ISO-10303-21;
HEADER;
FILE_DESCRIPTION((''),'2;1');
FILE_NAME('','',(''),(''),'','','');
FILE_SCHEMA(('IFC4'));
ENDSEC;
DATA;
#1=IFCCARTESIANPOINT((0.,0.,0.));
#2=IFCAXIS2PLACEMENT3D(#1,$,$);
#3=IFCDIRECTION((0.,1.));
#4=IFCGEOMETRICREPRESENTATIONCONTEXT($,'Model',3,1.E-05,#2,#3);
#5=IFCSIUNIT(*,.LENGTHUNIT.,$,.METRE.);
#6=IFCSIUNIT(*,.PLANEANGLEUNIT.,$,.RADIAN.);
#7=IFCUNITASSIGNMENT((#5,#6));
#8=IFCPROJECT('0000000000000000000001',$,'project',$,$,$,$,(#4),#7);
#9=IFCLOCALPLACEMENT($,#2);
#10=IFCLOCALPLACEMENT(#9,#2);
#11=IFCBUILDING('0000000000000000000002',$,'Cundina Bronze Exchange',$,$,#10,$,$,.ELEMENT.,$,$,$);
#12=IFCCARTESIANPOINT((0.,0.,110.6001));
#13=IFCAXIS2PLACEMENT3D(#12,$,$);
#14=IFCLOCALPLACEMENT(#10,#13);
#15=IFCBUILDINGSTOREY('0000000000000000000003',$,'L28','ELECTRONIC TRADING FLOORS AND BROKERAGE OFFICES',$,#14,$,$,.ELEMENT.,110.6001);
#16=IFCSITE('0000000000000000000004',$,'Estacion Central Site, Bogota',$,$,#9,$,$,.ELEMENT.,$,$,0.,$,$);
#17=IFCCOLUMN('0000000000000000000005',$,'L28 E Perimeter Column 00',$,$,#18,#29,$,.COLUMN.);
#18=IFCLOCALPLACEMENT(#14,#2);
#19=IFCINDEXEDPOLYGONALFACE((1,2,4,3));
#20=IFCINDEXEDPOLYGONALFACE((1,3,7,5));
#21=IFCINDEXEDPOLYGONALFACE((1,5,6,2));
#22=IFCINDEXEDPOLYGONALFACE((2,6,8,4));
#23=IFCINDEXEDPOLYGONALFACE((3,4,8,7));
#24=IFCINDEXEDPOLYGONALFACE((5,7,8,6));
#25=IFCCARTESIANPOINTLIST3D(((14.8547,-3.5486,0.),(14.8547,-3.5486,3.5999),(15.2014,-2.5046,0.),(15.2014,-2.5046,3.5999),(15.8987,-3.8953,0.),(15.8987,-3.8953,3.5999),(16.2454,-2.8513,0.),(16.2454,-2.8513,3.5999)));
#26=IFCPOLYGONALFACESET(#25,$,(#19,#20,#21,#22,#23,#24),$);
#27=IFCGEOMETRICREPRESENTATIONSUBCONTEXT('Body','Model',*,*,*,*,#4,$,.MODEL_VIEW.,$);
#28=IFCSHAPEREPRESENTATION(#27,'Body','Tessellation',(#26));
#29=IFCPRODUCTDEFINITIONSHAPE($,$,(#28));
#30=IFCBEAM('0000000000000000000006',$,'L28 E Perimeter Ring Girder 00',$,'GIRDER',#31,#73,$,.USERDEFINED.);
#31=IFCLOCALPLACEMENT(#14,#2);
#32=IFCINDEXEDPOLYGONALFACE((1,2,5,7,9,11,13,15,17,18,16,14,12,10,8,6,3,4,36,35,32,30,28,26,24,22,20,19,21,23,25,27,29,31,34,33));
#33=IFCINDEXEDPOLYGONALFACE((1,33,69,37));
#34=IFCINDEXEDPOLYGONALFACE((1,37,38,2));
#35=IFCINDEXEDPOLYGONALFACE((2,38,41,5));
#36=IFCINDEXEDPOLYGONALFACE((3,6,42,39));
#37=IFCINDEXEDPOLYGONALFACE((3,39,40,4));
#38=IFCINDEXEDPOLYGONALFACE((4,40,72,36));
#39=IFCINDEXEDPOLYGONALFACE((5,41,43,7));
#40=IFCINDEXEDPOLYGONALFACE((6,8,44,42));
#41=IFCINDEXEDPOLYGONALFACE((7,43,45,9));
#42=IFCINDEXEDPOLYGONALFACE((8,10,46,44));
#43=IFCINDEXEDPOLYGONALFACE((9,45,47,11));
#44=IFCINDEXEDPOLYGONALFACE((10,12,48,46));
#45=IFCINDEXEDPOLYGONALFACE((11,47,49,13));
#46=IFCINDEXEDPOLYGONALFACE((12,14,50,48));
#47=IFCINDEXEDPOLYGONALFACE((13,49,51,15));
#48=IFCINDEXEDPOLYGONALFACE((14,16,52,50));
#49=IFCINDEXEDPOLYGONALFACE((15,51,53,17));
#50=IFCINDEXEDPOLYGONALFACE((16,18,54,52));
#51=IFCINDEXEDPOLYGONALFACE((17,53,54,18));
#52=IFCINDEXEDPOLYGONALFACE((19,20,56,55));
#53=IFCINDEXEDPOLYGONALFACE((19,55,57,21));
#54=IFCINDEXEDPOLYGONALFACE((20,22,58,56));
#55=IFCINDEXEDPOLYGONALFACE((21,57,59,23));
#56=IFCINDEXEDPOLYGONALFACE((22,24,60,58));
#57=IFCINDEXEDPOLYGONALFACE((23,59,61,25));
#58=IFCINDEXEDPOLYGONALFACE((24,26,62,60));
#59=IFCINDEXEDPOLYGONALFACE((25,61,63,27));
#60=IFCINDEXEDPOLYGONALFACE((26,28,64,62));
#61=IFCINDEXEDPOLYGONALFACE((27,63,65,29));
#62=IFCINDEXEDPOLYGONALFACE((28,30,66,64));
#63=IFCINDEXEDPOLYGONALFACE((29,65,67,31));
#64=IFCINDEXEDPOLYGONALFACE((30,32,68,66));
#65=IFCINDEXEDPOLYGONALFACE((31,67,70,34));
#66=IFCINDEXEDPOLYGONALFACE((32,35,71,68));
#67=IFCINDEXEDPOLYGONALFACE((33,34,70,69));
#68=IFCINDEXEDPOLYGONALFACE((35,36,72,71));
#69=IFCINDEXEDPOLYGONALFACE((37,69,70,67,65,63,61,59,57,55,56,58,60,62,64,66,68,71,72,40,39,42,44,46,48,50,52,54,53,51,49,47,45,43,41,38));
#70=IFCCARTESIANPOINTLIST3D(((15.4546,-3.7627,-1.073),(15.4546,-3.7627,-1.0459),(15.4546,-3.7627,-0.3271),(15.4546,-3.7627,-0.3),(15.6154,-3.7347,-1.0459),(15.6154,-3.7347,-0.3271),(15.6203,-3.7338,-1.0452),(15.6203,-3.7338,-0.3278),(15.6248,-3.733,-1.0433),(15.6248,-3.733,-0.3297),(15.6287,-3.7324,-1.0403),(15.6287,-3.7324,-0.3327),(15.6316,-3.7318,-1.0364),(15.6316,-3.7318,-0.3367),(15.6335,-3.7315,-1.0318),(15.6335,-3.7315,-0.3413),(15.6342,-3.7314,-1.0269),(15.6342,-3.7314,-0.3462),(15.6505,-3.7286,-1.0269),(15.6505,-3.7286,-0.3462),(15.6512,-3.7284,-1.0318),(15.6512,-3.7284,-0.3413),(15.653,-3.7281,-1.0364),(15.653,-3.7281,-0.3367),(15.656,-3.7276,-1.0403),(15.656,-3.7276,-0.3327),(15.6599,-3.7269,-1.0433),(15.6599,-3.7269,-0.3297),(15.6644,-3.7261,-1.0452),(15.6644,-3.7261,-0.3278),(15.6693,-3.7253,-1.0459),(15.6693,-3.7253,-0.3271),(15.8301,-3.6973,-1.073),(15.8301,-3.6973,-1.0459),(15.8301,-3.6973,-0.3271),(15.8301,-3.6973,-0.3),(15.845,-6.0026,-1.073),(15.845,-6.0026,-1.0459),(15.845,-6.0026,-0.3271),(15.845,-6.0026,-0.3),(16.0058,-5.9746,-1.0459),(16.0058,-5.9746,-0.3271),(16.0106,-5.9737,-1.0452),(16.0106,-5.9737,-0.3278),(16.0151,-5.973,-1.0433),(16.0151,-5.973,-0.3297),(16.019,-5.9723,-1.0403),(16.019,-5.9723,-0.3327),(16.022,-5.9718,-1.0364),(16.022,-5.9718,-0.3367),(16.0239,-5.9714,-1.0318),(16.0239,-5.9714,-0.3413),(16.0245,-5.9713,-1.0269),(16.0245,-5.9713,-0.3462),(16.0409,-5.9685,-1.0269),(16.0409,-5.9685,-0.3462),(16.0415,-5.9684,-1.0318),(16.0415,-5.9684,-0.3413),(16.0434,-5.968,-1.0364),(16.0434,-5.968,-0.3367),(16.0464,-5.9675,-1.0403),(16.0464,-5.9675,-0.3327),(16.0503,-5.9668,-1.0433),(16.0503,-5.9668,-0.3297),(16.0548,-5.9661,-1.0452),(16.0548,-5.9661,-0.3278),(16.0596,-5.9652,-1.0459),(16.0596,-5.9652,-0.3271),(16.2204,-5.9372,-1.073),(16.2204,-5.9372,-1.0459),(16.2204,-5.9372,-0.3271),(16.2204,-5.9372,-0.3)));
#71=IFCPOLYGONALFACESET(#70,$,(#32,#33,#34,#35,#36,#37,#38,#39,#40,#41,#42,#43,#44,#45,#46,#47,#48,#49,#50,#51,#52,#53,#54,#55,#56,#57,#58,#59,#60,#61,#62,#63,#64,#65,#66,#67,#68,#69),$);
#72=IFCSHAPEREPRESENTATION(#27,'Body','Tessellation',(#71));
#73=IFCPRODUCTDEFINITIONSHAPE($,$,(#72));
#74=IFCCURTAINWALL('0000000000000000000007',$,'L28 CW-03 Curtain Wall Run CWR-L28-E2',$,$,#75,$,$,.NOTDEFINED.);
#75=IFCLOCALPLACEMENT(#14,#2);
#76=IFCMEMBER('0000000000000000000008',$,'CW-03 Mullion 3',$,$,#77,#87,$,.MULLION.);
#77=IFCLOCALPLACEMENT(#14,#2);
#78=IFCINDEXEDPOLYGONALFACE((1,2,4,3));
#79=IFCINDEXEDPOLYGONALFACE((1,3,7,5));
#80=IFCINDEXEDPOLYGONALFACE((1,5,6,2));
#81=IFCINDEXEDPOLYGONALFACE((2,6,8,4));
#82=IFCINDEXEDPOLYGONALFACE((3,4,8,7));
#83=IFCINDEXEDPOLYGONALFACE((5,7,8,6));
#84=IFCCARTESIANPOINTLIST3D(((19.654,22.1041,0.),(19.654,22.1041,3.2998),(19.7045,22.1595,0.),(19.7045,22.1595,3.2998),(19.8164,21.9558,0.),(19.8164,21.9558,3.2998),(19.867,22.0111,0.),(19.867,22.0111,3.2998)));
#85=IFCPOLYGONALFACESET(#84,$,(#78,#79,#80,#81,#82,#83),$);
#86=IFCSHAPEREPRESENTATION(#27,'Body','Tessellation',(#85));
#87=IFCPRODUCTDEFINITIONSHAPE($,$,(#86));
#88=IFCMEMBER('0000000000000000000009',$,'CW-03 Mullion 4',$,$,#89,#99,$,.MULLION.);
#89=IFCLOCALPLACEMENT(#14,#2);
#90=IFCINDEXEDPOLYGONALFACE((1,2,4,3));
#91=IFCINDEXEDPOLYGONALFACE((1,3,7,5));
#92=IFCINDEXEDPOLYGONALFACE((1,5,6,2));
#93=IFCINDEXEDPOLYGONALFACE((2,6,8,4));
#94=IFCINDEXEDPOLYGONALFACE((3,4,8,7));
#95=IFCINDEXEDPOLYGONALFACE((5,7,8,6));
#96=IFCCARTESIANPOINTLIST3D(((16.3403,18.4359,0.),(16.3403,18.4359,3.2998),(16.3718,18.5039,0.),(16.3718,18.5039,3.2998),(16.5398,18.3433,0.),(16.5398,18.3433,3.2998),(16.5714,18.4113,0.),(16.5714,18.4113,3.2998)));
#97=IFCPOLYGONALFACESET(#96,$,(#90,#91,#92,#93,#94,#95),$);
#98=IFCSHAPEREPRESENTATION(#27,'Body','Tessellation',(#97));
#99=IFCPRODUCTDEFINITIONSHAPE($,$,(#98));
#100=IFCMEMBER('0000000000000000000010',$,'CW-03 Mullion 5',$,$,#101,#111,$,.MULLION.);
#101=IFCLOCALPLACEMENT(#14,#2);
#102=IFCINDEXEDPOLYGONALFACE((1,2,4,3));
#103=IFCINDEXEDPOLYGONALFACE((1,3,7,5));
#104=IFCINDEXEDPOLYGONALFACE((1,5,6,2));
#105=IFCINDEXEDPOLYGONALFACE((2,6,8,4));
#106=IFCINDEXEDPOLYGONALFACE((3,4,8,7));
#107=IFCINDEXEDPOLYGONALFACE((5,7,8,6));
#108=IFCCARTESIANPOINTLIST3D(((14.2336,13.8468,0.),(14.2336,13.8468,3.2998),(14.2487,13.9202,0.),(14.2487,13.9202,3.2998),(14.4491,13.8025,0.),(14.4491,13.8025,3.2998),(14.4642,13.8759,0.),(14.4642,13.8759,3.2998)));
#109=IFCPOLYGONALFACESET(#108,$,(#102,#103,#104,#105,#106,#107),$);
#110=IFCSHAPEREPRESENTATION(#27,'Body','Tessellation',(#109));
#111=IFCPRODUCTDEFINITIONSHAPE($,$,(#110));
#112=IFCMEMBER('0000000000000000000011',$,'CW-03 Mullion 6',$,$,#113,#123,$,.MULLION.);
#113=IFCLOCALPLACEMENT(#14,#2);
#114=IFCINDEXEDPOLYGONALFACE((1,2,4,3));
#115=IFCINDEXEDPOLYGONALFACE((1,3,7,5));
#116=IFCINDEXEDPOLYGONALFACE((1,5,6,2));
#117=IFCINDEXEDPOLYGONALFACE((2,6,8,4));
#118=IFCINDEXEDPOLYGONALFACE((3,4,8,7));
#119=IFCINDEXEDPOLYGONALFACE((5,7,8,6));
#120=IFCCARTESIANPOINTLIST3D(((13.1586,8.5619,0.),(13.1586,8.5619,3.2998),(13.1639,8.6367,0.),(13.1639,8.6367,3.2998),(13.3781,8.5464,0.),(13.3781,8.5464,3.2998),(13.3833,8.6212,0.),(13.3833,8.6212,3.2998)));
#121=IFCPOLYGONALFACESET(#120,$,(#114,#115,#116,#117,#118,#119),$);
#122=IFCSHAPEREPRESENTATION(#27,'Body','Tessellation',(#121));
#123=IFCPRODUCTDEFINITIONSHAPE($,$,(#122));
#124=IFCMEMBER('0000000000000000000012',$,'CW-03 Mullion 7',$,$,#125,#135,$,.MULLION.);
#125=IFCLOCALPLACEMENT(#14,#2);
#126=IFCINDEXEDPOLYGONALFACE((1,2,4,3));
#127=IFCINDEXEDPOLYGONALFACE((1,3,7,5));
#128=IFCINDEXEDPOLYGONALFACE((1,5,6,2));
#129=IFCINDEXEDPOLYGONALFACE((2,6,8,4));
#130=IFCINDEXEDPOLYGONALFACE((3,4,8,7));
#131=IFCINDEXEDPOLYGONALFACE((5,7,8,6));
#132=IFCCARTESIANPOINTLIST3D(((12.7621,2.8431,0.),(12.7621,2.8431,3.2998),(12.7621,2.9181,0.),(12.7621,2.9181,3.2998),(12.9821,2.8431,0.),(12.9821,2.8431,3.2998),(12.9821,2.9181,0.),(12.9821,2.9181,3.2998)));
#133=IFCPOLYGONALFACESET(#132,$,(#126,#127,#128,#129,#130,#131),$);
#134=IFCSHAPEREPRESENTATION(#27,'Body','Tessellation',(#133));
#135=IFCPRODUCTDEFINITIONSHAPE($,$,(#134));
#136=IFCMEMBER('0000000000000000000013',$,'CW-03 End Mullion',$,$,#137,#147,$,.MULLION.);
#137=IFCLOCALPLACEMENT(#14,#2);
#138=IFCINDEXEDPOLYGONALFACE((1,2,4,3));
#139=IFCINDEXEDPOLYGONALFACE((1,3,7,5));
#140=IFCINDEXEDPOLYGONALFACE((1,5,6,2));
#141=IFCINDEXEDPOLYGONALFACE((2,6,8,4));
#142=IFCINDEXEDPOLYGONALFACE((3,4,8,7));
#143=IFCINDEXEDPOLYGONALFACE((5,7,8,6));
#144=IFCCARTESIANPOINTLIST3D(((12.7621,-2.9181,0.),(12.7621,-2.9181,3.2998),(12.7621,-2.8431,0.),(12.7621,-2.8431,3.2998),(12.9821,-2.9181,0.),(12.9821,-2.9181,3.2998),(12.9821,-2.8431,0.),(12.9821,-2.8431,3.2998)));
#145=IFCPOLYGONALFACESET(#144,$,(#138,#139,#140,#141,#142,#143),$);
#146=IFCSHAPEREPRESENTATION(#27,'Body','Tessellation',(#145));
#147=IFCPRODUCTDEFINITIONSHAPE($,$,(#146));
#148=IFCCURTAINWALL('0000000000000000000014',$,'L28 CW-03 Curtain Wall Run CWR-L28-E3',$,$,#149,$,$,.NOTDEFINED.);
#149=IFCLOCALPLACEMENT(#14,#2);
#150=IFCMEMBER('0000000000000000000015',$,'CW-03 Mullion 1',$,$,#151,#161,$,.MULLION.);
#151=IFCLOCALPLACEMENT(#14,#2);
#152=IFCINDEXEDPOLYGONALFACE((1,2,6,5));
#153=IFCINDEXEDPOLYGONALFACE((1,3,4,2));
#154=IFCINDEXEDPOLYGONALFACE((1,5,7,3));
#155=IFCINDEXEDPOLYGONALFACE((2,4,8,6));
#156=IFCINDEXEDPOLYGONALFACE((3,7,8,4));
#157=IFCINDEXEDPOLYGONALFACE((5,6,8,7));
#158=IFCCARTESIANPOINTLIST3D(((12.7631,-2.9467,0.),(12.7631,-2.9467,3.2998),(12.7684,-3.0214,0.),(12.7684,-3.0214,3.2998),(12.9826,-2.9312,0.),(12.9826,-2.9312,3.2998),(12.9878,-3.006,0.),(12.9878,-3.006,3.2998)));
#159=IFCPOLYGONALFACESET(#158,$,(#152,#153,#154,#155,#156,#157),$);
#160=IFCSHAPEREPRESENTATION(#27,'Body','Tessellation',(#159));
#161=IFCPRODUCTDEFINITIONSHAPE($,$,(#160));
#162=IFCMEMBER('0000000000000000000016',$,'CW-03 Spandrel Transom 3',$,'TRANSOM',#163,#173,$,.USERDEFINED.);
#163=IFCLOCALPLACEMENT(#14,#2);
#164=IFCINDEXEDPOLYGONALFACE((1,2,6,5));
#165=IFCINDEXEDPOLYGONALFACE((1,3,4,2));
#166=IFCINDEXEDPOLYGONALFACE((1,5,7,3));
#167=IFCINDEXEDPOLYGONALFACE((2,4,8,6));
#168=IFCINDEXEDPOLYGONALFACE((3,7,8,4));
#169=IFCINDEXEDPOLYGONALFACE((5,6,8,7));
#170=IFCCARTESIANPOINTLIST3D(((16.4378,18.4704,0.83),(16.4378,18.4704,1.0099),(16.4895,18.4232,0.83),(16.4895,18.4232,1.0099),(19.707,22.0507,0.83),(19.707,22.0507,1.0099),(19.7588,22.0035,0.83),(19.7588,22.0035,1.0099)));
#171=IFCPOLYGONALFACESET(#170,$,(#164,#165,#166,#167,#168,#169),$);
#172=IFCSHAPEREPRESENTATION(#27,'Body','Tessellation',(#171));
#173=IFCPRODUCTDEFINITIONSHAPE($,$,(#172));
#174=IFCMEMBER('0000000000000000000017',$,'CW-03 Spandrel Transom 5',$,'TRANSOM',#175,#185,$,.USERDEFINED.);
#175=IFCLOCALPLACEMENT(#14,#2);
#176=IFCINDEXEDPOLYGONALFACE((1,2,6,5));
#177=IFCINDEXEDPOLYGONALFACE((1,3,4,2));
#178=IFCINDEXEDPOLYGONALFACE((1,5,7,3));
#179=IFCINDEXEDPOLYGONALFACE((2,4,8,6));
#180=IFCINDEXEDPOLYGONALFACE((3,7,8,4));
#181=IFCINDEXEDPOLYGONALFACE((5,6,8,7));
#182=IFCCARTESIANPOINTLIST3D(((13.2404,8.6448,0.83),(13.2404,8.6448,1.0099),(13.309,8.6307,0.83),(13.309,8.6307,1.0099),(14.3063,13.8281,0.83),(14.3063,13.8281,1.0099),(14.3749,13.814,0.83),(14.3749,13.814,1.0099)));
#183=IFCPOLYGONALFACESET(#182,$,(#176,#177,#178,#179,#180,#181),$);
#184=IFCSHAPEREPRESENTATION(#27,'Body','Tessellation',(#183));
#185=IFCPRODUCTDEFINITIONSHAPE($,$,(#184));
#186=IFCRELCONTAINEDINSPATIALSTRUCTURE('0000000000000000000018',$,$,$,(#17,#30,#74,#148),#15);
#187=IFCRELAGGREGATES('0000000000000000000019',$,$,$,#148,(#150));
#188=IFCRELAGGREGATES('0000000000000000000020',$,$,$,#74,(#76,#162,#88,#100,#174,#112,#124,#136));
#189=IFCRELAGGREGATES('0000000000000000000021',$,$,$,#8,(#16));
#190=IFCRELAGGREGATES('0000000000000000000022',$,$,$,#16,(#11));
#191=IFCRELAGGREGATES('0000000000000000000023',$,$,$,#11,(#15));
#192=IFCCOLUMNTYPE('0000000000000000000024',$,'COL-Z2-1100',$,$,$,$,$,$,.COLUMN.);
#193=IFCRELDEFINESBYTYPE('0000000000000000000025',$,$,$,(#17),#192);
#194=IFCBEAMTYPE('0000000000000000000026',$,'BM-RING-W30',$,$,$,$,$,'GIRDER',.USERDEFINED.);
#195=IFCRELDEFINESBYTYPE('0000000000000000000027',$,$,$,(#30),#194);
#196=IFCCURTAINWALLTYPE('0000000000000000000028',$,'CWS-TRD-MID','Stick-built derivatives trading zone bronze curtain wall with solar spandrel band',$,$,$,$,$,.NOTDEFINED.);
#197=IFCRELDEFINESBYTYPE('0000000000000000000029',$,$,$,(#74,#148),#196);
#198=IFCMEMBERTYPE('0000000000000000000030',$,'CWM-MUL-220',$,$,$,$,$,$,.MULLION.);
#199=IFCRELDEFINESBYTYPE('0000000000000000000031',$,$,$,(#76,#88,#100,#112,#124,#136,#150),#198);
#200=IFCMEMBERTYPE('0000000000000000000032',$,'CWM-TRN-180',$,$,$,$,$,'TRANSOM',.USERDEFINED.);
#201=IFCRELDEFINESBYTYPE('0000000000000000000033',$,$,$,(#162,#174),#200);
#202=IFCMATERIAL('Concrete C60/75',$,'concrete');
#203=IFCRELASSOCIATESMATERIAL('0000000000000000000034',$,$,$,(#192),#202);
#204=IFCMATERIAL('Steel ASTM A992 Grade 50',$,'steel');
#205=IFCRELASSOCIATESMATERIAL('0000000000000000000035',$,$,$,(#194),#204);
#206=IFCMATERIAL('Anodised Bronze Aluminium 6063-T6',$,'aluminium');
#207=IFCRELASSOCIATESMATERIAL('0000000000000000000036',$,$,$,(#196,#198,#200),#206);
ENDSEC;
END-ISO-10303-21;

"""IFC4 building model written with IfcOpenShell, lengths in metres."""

from ifc_helpers import new_model, si_unit, direction, frame, origin, origin_2d, place, context, subcontext, project, spatial, rectangle, i_section, extrude, material, material_profile, profile_set, type_object, element, aggregate, save


model = new_model("IFC4")

# Units and contexts
model_context = context("Model", 3, precision=1e-05, world=origin(), true_north=direction((0.0, 1.0)))
body_context = subcontext(model_context, "Body", "Model", "MODEL_VIEW")
ifc_project = project(units=[si_unit("LENGTHUNIT", "METRE"), si_unit("PLANEANGLEUNIT", "RADIAN")], contexts=[model_context])

# Site, building, storey
site_placement = place(None, origin())
site = spatial("IfcSite", under=ifc_project, at=site_placement, Name="Estacion Central Site, Bogota", CompositionType="ELEMENT", RefElevation=0.0)
building_placement = place(site_placement, origin())
building = spatial("IfcBuilding", under=site, at=building_placement, Name="Cundina Bronze Exchange", CompositionType="ELEMENT")
storey_placement = place(building_placement, frame((0.0, 0.0, 110.6001)))
storey = spatial("IfcBuildingStorey", under=building, at=storey_placement, Name="L28", Description="ELECTRONIC TRADING FLOORS AND BROKERAGE OFFICES", CompositionType="ELEMENT", Elevation=110.6001)

# Column
ifc_material_1 = material(Name="Concrete C60/75", Category="concrete")
ifc_material_profile_1 = material_profile(ifc_material_1, rectangle(XDim=1.1001, YDim=1.1001, at=origin_2d()), Name="RC1100X1100", Category="concrete")
ifc_profile_set_1 = profile_set([ifc_material_profile_1], Name="Concrete C60/75")
column_type = type_object("IfcColumnType", Name="COL-Z2-1100", PredefinedType="COLUMN", material=ifc_profile_set_1)
column_placement = place(storey_placement, frame((15.55, -3.2, 0.0), z_axis=(0.0, 0.0, 1.0), x_axis=(-0.315152, -0.949041, 0.0)))
element("IfcColumn", 1, at=column_placement, inside=storey, type_object=column_type, Name="L28 E Perimeter Column 00", PredefinedType="COLUMN", context=body_context, shape_type="SweptSolid", body=[
    extrude(rectangle(XDim=1.1001, YDim=1.1001, at=origin_2d()), origin(), (0.0, 0.0, 1.0), 3.5999),
])

# Beam
ifc_material_2 = material(Name="Steel ASTM A992 Grade 50", Category="steel")
ifc_material_profile_2 = material_profile(ifc_material_2, i_section(OverallWidth=0.3811, OverallDepth=0.7729, WebThickness=0.0166, FlangeThickness=0.0271, FilletRadius=0.019, at=origin_2d()), Name="W30X173", Category="steel")
ifc_profile_set_2 = profile_set([ifc_material_profile_2], Name="Steel ASTM A992 Grade 50")
beam_type = type_object("IfcBeamType", Name="BM-RING-W30", ElementType="GIRDER", PredefinedType="USERDEFINED", material=ifc_profile_set_2)
beam_placement = place(storey_placement, frame((15.6423, -3.73, -0.6865), z_axis=(0.17169, -0.985151, 0.0), x_axis=(0.985151, 0.17169, 0.0)))
element("IfcBeam", 2, at=beam_placement, inside=storey, type_object=beam_type, Name="L28 E Perimeter Ring Girder 00", ObjectType="GIRDER", PredefinedType="USERDEFINED", context=body_context, shape_type="SweptSolid", body=[
    extrude(i_section(OverallWidth=0.3811, OverallDepth=0.7729, WebThickness=0.0166, FlangeThickness=0.0271, FilletRadius=0.019, at=origin_2d()), origin(), (0.0, 0.0, 1.0), 2.2737),
])

# Curtain wall, members
ifc_material_3 = material(Name="Anodised Bronze Aluminium 6063-T6", Category="aluminium")
curtain_wall_type = type_object("IfcCurtainWallType", Name="CWS-TRD-MID", Description="Stick-built derivatives trading zone bronze curtain wall with solar spandrel band", PredefinedType="NOTDEFINED", material=ifc_material_3)
curtain_wall_1_placement = place(storey_placement, origin())
curtain_wall_1 = element("IfcCurtainWall", 3, at=curtain_wall_1_placement, inside=storey, type_object=curtain_wall_type, Name="L28 CW-03 Curtain Wall Run CWR-L28-E2", PredefinedType="NOTDEFINED")
ifc_material_profile_3 = material_profile(ifc_material_3, rectangle(XDim=0.075, YDim=0.22, at=origin_2d()), Name="AL75X220", Category="aluminium")
ifc_profile_set_3 = profile_set([ifc_material_profile_3], Name="Anodised Bronze Aluminium 6063-T6")
member_type_1 = type_object("IfcMemberType", Name="CWM-MUL-220", PredefinedType="MULLION", material=ifc_profile_set_3)
member_1_placement = place(storey_placement, frame((19.7605, 22.0576, 0.0), z_axis=(0.0, 0.0, 1.0), x_axis=(-0.674302, -0.738455, 0.0)))
member_1 = element("IfcMember", 4, at=member_1_placement, type_object=member_type_1, Name="CW-03 Mullion 3", PredefinedType="MULLION", context=body_context, shape_type="SweptSolid", body=[
    extrude(rectangle(XDim=0.075, YDim=0.22, at=origin_2d()), origin(), (0.0, 0.0, 1.0), 3.2998),
])
member_2_placement = place(storey_placement, frame((16.4558, 18.4236, 0.0), z_axis=(0.0, 0.0, 1.0), x_axis=(-0.420877, -0.907117, 0.0)))
member_2 = element("IfcMember", 5, at=member_2_placement, type_object=member_type_1, Name="CW-03 Mullion 4", PredefinedType="MULLION", context=body_context, shape_type="SweptSolid", body=[
    extrude(rectangle(XDim=0.075, YDim=0.22, at=origin_2d()), origin(), (0.0, 0.0, 1.0), 3.2998),
])
member_3_placement = place(storey_placement, frame((14.3489, 13.8613, 0.0), z_axis=(0.0, 0.0, 1.0), x_axis=(-0.20142, -0.979505, 0.0)))
member_3 = element("IfcMember", 6, at=member_3_placement, type_object=member_type_1, Name="CW-03 Mullion 5", PredefinedType="MULLION", context=body_context, shape_type="SweptSolid", body=[
    extrude(rectangle(XDim=0.075, YDim=0.22, at=origin_2d()), origin(), (0.0, 0.0, 1.0), 3.2998),
])
member_4_placement = place(storey_placement, frame((13.271, 8.5916, 0.0), z_axis=(0.0, 0.0, 1.0), x_axis=(-0.070279, -0.997527, 0.0)))
member_4 = element("IfcMember", 7, at=member_4_placement, type_object=member_type_1, Name="CW-03 Mullion 6", PredefinedType="MULLION", context=body_context, shape_type="SweptSolid", body=[
    extrude(rectangle(XDim=0.075, YDim=0.22, at=origin_2d()), origin(), (0.0, 0.0, 1.0), 3.2998),
])
member_5_placement = place(storey_placement, frame((12.8721, 2.8806, 0.0), z_axis=(0.0, 0.0, 1.0), x_axis=(0.0, -1.0, 0.0)))
member_5 = element("IfcMember", 8, at=member_5_placement, type_object=member_type_1, Name="CW-03 Mullion 7", PredefinedType="MULLION", context=body_context, shape_type="SweptSolid", body=[
    extrude(rectangle(XDim=0.075, YDim=0.22, at=origin_2d()), origin(), (0.0, 0.0, 1.0), 3.2998),
])
member_6_placement = place(storey_placement, frame((12.8721, -2.8806, 0.0), z_axis=(0.0, 0.0, 1.0), x_axis=(0.0, -1.0, 0.0)))
member_6 = element("IfcMember", 9, at=member_6_placement, type_object=member_type_1, Name="CW-03 End Mullion", PredefinedType="MULLION", context=body_context, shape_type="SweptSolid", body=[
    extrude(rectangle(XDim=0.075, YDim=0.22, at=origin_2d()), origin(), (0.0, 0.0, 1.0), 3.2998),
])

# Curtain wall, member
curtain_wall_2_placement = place(storey_placement, origin())
curtain_wall_2 = element("IfcCurtainWall", 10, at=curtain_wall_2_placement, inside=storey, type_object=curtain_wall_type, Name="L28 CW-03 Curtain Wall Run CWR-L28-E3", PredefinedType="NOTDEFINED")
member_7_placement = place(storey_placement, frame((12.8755, -2.9763, 0.0), z_axis=(0.0, 0.0, 1.0), x_axis=(0.070279, -0.997527, 0.0)))
member_7 = element("IfcMember", 11, at=member_7_placement, type_object=member_type_1, Name="CW-03 Mullion 1", PredefinedType="MULLION", context=body_context, shape_type="SweptSolid", body=[
    extrude(rectangle(XDim=0.075, YDim=0.22, at=origin_2d()), origin(), (0.0, 0.0, 1.0), 3.2998),
])

# Members
ifc_material_profile_4 = material_profile(ifc_material_3, rectangle(XDim=0.0701, YDim=0.1799, at=origin_2d()), Name="AL70X180", Category="aluminium")
ifc_profile_set_4 = profile_set([ifc_material_profile_4], Name="Anodised Bronze Aluminium 6063-T6")
member_type_2 = type_object("IfcMemberType", Name="CWM-TRN-180", ElementType="TRANSOM", PredefinedType="USERDEFINED", material=ifc_profile_set_4)
member_8_placement = place(storey_placement, frame((19.7329, 22.0271, 0.9199), z_axis=(-0.674303, -0.738455, 0.0), x_axis=(0.738455, -0.674303, 0.0)))
member_8 = element("IfcMember", 12, at=member_8_placement, type_object=member_type_2, Name="CW-03 Spandrel Transom 3", ObjectType="TRANSOM", PredefinedType="USERDEFINED", context=body_context, shape_type="SweptSolid", body=[
    extrude(rectangle(XDim=0.0701, YDim=0.1799, at=origin_2d()), origin(), (0.0, 0.0, 1.0), 4.8484),
])
member_9_placement = place(storey_placement, frame((14.3406, 13.821, 0.9199), z_axis=(-0.201428, -0.979503, 0.0), x_axis=(0.979503, -0.201428, 0.0)))
member_9 = element("IfcMember", 13, at=member_9_placement, type_object=member_type_2, Name="CW-03 Spandrel Transom 5", ObjectType="TRANSOM", PredefinedType="USERDEFINED", context=body_context, shape_type="SweptSolid", body=[
    extrude(rectangle(XDim=0.0701, YDim=0.1799, at=origin_2d()), origin(), (0.0, 0.0, 1.0), 5.2917),
])
aggregate(curtain_wall_2, [member_7])

aggregate(curtain_wall_1, [member_1, member_8, member_2, member_3, member_9, member_4, member_5, member_6])

save(model, "model.ifc")
